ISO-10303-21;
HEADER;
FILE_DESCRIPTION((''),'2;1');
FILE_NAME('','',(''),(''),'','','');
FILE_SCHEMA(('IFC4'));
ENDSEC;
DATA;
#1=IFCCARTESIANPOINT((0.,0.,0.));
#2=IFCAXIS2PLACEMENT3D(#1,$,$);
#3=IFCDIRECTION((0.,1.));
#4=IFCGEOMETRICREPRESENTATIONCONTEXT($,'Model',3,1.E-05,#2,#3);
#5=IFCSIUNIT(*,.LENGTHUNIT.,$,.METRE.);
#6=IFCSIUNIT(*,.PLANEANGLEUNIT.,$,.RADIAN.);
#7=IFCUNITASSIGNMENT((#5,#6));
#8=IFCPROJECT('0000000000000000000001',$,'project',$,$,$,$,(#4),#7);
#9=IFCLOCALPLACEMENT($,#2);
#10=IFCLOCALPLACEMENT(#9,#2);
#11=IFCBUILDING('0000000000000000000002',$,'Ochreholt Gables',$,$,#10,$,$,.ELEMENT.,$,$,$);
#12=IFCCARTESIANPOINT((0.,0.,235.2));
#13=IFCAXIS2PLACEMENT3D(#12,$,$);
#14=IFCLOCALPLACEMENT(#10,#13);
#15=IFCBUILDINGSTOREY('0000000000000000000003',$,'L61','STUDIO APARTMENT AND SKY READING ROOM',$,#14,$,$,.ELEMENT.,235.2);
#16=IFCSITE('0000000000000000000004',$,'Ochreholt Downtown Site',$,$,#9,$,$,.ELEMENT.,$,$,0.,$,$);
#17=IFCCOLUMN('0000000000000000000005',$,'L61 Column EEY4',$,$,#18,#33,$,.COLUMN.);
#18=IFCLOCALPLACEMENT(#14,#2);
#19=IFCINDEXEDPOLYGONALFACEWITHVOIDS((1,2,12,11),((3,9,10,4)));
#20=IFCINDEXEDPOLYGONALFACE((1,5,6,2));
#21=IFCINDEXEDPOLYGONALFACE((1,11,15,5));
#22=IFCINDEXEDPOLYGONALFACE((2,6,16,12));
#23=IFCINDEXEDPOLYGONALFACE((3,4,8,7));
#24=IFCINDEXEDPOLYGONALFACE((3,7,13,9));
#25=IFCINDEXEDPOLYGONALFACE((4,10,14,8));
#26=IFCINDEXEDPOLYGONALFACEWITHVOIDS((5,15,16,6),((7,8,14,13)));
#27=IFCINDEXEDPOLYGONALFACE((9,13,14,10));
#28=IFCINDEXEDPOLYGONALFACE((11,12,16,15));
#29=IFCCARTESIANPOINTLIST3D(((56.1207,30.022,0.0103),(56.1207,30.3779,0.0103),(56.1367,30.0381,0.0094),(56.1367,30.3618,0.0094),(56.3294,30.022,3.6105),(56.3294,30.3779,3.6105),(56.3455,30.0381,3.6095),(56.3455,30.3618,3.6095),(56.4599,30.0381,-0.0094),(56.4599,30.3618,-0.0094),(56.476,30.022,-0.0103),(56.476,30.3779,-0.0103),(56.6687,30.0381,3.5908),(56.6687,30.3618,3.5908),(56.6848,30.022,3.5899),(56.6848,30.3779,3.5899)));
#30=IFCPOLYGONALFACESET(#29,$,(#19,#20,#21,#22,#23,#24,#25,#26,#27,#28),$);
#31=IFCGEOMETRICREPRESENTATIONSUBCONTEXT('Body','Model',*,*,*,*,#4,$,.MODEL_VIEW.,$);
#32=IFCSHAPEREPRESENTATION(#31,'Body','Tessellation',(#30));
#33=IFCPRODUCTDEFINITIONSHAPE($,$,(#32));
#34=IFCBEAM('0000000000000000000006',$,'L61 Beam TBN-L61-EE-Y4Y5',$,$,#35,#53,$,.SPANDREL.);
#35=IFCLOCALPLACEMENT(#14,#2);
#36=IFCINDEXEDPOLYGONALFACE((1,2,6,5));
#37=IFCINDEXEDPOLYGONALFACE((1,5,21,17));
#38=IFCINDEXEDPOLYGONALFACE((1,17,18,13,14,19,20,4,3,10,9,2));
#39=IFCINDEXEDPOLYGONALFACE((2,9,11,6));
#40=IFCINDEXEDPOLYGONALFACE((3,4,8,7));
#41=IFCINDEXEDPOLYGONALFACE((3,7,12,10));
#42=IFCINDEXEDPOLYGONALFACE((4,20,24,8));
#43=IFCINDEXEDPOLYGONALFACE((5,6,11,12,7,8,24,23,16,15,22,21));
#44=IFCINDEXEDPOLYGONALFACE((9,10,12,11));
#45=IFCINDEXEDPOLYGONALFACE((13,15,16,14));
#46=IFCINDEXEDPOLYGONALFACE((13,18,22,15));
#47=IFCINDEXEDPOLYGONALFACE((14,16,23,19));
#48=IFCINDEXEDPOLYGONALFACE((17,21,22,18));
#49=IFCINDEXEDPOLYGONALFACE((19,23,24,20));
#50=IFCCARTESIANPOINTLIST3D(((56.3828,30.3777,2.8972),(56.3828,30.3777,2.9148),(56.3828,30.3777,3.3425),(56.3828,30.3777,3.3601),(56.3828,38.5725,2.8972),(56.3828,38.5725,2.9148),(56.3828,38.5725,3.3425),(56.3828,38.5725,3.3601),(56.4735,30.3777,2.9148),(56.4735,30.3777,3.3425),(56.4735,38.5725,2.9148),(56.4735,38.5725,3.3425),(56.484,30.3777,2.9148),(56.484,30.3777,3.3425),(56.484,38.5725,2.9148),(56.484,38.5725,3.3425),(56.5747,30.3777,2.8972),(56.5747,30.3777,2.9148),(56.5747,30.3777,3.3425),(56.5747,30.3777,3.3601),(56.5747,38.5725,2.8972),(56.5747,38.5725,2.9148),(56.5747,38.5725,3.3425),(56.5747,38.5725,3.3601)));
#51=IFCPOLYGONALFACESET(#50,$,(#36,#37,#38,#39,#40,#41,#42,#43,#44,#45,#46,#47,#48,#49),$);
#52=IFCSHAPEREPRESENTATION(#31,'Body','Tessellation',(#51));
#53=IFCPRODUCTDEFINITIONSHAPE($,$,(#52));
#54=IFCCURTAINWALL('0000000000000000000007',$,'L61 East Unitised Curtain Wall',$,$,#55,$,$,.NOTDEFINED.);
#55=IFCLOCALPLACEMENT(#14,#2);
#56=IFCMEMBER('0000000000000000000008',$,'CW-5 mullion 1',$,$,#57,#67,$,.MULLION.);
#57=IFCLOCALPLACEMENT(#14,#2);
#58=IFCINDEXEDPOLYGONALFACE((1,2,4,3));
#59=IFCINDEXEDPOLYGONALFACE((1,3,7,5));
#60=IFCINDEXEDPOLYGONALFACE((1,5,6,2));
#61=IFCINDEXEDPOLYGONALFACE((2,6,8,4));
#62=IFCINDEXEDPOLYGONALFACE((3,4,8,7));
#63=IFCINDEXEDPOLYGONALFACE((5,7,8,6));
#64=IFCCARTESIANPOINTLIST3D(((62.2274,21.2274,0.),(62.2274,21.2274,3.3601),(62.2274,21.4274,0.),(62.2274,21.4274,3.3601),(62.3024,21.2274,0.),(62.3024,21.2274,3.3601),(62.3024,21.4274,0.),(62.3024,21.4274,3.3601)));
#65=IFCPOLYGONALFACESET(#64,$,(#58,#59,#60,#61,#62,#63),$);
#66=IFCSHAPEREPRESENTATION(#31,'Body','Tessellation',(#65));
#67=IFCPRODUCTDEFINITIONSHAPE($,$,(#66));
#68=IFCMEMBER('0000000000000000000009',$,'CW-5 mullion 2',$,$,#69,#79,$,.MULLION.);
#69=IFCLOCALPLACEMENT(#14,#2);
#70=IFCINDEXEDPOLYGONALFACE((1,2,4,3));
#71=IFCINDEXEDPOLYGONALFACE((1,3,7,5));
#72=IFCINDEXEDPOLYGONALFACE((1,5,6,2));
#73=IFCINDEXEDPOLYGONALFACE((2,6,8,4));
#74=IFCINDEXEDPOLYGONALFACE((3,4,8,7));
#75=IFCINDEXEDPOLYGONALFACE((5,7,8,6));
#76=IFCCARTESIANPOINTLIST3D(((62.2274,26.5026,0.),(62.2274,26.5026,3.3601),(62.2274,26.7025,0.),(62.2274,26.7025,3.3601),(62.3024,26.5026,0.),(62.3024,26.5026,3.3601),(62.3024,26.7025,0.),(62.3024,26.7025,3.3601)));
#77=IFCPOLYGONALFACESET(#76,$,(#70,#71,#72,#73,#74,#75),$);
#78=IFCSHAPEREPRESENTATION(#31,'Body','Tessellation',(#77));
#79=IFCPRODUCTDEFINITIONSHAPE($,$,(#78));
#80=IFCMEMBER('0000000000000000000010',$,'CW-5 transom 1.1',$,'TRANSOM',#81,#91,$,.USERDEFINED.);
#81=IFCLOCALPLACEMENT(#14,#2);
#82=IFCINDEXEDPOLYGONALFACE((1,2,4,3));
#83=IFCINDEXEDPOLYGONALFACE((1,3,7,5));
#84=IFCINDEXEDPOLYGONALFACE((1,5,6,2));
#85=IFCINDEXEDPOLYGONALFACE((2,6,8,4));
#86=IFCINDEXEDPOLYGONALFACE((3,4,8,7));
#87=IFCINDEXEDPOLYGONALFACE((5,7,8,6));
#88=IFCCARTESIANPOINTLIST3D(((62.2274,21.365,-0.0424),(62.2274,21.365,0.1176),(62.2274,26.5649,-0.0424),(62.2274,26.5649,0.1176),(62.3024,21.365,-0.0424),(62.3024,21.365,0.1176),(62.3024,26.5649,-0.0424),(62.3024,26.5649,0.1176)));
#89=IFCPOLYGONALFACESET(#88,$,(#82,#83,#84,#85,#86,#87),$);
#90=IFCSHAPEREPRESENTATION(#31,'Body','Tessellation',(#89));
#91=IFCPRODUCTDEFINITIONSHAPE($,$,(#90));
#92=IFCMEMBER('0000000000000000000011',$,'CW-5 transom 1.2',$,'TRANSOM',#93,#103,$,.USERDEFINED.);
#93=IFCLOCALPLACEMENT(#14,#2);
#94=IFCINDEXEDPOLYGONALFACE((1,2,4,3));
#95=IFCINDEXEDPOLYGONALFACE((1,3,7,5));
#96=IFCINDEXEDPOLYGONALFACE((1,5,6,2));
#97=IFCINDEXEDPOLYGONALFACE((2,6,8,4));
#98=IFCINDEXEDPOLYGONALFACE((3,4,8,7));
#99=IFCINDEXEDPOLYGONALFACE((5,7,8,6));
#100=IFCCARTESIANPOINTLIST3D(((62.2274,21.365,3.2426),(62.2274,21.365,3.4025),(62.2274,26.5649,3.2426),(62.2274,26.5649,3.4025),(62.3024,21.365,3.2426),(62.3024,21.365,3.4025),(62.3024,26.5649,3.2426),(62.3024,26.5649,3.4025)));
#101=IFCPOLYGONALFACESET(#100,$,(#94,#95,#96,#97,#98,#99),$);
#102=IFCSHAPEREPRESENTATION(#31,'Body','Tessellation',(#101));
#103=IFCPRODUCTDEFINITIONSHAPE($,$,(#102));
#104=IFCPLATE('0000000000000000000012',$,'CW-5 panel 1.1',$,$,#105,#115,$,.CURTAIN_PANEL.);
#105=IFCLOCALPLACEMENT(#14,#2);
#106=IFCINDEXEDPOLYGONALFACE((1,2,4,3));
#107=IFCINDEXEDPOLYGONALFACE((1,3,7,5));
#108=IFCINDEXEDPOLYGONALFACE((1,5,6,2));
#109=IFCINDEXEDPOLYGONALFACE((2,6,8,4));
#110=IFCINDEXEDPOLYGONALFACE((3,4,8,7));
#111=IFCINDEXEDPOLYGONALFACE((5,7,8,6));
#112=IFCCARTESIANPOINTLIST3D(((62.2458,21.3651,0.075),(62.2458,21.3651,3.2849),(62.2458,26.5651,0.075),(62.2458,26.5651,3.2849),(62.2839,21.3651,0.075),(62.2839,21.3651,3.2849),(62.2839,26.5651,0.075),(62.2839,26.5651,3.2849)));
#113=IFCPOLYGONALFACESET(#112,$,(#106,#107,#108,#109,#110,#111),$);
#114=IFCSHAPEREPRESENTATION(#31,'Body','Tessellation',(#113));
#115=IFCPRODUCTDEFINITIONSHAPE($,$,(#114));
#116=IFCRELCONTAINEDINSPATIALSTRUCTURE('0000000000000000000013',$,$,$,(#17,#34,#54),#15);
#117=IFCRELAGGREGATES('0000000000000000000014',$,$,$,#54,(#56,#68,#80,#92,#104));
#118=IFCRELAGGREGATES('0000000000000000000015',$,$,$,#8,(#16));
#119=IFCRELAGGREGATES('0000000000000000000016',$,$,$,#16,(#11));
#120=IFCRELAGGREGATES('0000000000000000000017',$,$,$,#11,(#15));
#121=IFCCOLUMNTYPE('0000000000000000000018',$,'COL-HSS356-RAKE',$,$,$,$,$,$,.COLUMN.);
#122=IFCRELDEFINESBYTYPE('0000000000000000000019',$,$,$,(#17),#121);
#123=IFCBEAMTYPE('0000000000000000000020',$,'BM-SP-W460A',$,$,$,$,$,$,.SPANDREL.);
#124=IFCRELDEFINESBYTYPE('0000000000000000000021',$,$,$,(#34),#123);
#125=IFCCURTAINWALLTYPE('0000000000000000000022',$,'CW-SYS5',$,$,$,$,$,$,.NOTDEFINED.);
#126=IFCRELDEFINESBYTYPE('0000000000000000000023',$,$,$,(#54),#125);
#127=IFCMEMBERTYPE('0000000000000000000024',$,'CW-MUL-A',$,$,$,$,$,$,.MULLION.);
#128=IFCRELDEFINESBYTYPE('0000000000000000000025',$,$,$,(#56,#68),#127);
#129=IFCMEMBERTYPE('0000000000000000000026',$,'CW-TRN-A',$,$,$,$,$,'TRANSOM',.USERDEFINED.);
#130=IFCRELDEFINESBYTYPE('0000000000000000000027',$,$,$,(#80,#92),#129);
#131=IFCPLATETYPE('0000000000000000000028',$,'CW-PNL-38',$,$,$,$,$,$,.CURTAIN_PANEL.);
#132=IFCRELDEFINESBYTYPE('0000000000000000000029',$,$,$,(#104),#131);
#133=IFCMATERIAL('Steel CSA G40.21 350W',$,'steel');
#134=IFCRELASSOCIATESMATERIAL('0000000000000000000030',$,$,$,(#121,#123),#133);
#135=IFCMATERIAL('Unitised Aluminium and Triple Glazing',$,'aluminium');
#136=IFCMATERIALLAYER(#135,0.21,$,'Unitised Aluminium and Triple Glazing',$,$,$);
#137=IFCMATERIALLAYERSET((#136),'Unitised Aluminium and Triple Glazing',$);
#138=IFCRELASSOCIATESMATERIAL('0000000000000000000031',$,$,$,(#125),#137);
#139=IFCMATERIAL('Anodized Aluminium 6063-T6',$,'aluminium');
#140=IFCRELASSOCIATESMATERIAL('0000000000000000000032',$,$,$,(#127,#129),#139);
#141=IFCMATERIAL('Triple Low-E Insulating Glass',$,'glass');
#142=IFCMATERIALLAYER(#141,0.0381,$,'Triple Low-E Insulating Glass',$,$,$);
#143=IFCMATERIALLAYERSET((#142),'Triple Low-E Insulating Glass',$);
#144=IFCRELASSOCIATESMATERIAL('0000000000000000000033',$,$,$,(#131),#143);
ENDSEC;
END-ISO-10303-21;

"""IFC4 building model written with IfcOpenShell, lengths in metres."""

from ifc_helpers import new_model, si_unit, direction, frame, origin, origin_2d, place, context, subcontext, project, spatial, rectangle, hollow_rectangle, i_section, extrude, material, layer, layer_set, material_profile, profile_set, type_object, element, aggregate, save


model = new_model("IFC4")

# Units and contexts
model_context = context("Model", 3, precision=1e-05, world=origin(), true_north=direction((0.0, 1.0)))
body_context = subcontext(model_context, "Body", "Model", "MODEL_VIEW")
ifc_project = project(units=[si_unit("LENGTHUNIT", "METRE"), si_unit("PLANEANGLEUNIT", "RADIAN")], contexts=[model_context])

# Site, building, storey
site_placement = place(None, origin())
site = spatial("IfcSite", under=ifc_project, at=site_placement, Name="Ochreholt Downtown Site", CompositionType="ELEMENT", RefElevation=0.0)
building_placement = place(site_placement, origin())
building = spatial("IfcBuilding", under=site, at=building_placement, Name="Ochreholt Gables", CompositionType="ELEMENT")
storey_placement = place(building_placement, frame((0.0, 0.0, 235.2)))
storey = spatial("IfcBuildingStorey", under=building, at=storey_placement, Name="L61", Description="STUDIO APARTMENT AND SKY READING ROOM", CompositionType="ELEMENT", Elevation=235.2)

# Column
ifc_material_1 = material(Name="Steel CSA G40.21 350W", Category="steel")
ifc_material_profile_1 = material_profile(ifc_material_1, hollow_rectangle(XDim=0.356, YDim=0.356, WallThickness=0.0161, at=origin_2d()), Name="HSS356X356X16")
ifc_profile_set_1 = profile_set([ifc_material_profile_1], Name="Steel CSA G40.21 350W")
column_type = type_object("IfcColumnType", Name="COL-HSS356-RAKE", PredefinedType="COLUMN", material=ifc_profile_set_1)
column_placement = place(storey_placement, frame((56.2983, 30.2, 0.0), z_axis=(0.057885, 0.0, 0.998323), x_axis=(0.0, 1.0, 0.0)))
element("IfcColumn", 1, at=column_placement, inside=storey, type_object=column_type, Name="L61 Column EEY4", PredefinedType="COLUMN", context=body_context, shape_type="SweptSolid", body=[
    extrude(hollow_rectangle(XDim=0.356, YDim=0.356, WallThickness=0.0161, at=origin_2d()), origin(), (0.0, 0.0, 1.0), 3.6062),
])

# Beam
ifc_material_profile_2 = material_profile(ifc_material_1, i_section(OverallWidth=0.1919, OverallDepth=0.4629, WebThickness=0.0105, FlangeThickness=0.0176, at=origin_2d()), Name="W460X89")
ifc_profile_set_2 = profile_set([ifc_material_profile_2], Name="Steel CSA G40.21 350W")
beam_type = type_object("IfcBeamType", Name="BM-SP-W460A", PredefinedType="SPANDREL", material=ifc_profile_set_2)
beam_placement = place(storey_placement, frame((56.4788, 30.3777, 3.1287), z_axis=(0.0, 1.0, 0.0), x_axis=(-1.0, 0.0, 0.0)))
element("IfcBeam", 2, at=beam_placement, inside=storey, type_object=beam_type, Name="L61 Beam TBN-L61-EE-Y4Y5", PredefinedType="SPANDREL", context=body_context, shape_type="SweptSolid", body=[
    extrude(i_section(OverallWidth=0.1919, OverallDepth=0.4629, WebThickness=0.0105, FlangeThickness=0.0176, at=origin_2d()), origin(), (0.0, 0.0, 1.0), 8.1948),
])

# Curtain wall, members, plate
ifc_material_2 = material(Name="Unitised Aluminium and Triple Glazing", Category="aluminium")
ifc_layer_1 = layer(ifc_material_2, 0.21, Name="Unitised Aluminium and Triple Glazing")
ifc_layer_set_1 = layer_set([ifc_layer_1], Name="Unitised Aluminium and Triple Glazing")
curtain_wall_type = type_object("IfcCurtainWallType", Name="CW-SYS5", PredefinedType="NOTDEFINED", material=ifc_layer_set_1)
curtain_wall_placement = place(storey_placement, origin())
curtain_wall = element("IfcCurtainWall", 3, at=curtain_wall_placement, inside=storey, type_object=curtain_wall_type, Name="L61 East Unitised Curtain Wall", PredefinedType="NOTDEFINED")
ifc_material_3 = material(Name="Anodized Aluminium 6063-T6", Category="aluminium")
ifc_material_profile_3 = material_profile(ifc_material_3, rectangle(XDim=0.075, YDim=0.2, at=origin_2d()), Name="CWM75X200")
ifc_profile_set_3 = profile_set([ifc_material_profile_3], Name="Anodized Aluminium 6063-T6")
member_type_1 = type_object("IfcMemberType", Name="CW-MUL-A", PredefinedType="MULLION", material=ifc_profile_set_3)
member_1_placement = place(storey_placement, frame((62.2649, 21.3274, 0.0), z_axis=(0.0, 0.0, 1.0), x_axis=(-1.0, 0.0, 0.0)))
member_1 = element("IfcMember", 4, at=member_1_placement, type_object=member_type_1, Name="CW-5 mullion 1", PredefinedType="MULLION", context=body_context, shape_type="SweptSolid", body=[
    extrude(rectangle(XDim=0.075, YDim=0.2, at=origin_2d()), origin(), (0.0, 0.0, 1.0), 3.3601),
])
member_2_placement = place(storey_placement, frame((62.2649, 26.6025, 0.0), z_axis=(0.0, 0.0, 1.0), x_axis=(-1.0, 0.0, 0.0)))
member_2 = element("IfcMember", 5, at=member_2_placement, type_object=member_type_1, Name="CW-5 mullion 2", PredefinedType="MULLION", context=body_context, shape_type="SweptSolid", body=[
    extrude(rectangle(XDim=0.075, YDim=0.2, at=origin_2d()), origin(), (0.0, 0.0, 1.0), 3.3601),
])
ifc_material_profile_4 = material_profile(ifc_material_3, rectangle(XDim=0.075, YDim=0.1599, at=origin_2d()), Name="CWT75X160")
ifc_profile_set_4 = profile_set([ifc_material_profile_4], Name="Anodized Aluminium 6063-T6")
member_type_2 = type_object("IfcMemberType", Name="CW-TRN-A", ElementType="TRANSOM", PredefinedType="USERDEFINED", material=ifc_profile_set_4)
member_3_placement = place(storey_placement, frame((62.2649, 21.365, 0.0376), z_axis=(0.0, 1.0, 0.0), x_axis=(-1.0, 0.0, 0.0)))
member_3 = element("IfcMember", 6, at=member_3_placement, type_object=member_type_2, Name="CW-5 transom 1.1", ObjectType="TRANSOM", PredefinedType="USERDEFINED", context=body_context, shape_type="SweptSolid", body=[
    extrude(rectangle(XDim=0.075, YDim=0.1599, at=origin_2d()), origin(), (0.0, 0.0, 1.0), 5.2),
])
member_4_placement = place(storey_placement, frame((62.2649, 21.365, 3.3225), z_axis=(0.0, 1.0, 0.0), x_axis=(-1.0, 0.0, 0.0)))
member_4 = element("IfcMember", 7, at=member_4_placement, type_object=member_type_2, Name="CW-5 transom 1.2", ObjectType="TRANSOM", PredefinedType="USERDEFINED", context=body_context, shape_type="SweptSolid", body=[
    extrude(rectangle(XDim=0.075, YDim=0.1599, at=origin_2d()), origin(), (0.0, 0.0, 1.0), 5.2),
])
ifc_material_4 = material(Name="Triple Low-E Insulating Glass", Category="glass")
ifc_layer_2 = layer(ifc_material_4, 0.0381, Name="Triple Low-E Insulating Glass")
ifc_layer_set_2 = layer_set([ifc_layer_2], Name="Triple Low-E Insulating Glass")
plate_type = type_object("IfcPlateType", Name="CW-PNL-38", PredefinedType="CURTAIN_PANEL", material=ifc_layer_set_2)
plate_placement = place(storey_placement, frame((62.2649, 23.9651, 0.075), z_axis=(0.0, 0.0, 1.0), x_axis=(0.0, 1.0, 0.0)))
plate = element("IfcPlate", 8, at=plate_placement, type_object=plate_type, Name="CW-5 panel 1.1", PredefinedType="CURTAIN_PANEL", context=body_context, shape_type="SweptSolid", body=[
    extrude(rectangle(XDim=5.2, YDim=0.0381, at=origin_2d()), origin(), (0.0, 0.0, 1.0), 3.21),
])
aggregate(curtain_wall, [member_1, member_2, member_3, member_4, plate])

save(model, "model.ifc")
